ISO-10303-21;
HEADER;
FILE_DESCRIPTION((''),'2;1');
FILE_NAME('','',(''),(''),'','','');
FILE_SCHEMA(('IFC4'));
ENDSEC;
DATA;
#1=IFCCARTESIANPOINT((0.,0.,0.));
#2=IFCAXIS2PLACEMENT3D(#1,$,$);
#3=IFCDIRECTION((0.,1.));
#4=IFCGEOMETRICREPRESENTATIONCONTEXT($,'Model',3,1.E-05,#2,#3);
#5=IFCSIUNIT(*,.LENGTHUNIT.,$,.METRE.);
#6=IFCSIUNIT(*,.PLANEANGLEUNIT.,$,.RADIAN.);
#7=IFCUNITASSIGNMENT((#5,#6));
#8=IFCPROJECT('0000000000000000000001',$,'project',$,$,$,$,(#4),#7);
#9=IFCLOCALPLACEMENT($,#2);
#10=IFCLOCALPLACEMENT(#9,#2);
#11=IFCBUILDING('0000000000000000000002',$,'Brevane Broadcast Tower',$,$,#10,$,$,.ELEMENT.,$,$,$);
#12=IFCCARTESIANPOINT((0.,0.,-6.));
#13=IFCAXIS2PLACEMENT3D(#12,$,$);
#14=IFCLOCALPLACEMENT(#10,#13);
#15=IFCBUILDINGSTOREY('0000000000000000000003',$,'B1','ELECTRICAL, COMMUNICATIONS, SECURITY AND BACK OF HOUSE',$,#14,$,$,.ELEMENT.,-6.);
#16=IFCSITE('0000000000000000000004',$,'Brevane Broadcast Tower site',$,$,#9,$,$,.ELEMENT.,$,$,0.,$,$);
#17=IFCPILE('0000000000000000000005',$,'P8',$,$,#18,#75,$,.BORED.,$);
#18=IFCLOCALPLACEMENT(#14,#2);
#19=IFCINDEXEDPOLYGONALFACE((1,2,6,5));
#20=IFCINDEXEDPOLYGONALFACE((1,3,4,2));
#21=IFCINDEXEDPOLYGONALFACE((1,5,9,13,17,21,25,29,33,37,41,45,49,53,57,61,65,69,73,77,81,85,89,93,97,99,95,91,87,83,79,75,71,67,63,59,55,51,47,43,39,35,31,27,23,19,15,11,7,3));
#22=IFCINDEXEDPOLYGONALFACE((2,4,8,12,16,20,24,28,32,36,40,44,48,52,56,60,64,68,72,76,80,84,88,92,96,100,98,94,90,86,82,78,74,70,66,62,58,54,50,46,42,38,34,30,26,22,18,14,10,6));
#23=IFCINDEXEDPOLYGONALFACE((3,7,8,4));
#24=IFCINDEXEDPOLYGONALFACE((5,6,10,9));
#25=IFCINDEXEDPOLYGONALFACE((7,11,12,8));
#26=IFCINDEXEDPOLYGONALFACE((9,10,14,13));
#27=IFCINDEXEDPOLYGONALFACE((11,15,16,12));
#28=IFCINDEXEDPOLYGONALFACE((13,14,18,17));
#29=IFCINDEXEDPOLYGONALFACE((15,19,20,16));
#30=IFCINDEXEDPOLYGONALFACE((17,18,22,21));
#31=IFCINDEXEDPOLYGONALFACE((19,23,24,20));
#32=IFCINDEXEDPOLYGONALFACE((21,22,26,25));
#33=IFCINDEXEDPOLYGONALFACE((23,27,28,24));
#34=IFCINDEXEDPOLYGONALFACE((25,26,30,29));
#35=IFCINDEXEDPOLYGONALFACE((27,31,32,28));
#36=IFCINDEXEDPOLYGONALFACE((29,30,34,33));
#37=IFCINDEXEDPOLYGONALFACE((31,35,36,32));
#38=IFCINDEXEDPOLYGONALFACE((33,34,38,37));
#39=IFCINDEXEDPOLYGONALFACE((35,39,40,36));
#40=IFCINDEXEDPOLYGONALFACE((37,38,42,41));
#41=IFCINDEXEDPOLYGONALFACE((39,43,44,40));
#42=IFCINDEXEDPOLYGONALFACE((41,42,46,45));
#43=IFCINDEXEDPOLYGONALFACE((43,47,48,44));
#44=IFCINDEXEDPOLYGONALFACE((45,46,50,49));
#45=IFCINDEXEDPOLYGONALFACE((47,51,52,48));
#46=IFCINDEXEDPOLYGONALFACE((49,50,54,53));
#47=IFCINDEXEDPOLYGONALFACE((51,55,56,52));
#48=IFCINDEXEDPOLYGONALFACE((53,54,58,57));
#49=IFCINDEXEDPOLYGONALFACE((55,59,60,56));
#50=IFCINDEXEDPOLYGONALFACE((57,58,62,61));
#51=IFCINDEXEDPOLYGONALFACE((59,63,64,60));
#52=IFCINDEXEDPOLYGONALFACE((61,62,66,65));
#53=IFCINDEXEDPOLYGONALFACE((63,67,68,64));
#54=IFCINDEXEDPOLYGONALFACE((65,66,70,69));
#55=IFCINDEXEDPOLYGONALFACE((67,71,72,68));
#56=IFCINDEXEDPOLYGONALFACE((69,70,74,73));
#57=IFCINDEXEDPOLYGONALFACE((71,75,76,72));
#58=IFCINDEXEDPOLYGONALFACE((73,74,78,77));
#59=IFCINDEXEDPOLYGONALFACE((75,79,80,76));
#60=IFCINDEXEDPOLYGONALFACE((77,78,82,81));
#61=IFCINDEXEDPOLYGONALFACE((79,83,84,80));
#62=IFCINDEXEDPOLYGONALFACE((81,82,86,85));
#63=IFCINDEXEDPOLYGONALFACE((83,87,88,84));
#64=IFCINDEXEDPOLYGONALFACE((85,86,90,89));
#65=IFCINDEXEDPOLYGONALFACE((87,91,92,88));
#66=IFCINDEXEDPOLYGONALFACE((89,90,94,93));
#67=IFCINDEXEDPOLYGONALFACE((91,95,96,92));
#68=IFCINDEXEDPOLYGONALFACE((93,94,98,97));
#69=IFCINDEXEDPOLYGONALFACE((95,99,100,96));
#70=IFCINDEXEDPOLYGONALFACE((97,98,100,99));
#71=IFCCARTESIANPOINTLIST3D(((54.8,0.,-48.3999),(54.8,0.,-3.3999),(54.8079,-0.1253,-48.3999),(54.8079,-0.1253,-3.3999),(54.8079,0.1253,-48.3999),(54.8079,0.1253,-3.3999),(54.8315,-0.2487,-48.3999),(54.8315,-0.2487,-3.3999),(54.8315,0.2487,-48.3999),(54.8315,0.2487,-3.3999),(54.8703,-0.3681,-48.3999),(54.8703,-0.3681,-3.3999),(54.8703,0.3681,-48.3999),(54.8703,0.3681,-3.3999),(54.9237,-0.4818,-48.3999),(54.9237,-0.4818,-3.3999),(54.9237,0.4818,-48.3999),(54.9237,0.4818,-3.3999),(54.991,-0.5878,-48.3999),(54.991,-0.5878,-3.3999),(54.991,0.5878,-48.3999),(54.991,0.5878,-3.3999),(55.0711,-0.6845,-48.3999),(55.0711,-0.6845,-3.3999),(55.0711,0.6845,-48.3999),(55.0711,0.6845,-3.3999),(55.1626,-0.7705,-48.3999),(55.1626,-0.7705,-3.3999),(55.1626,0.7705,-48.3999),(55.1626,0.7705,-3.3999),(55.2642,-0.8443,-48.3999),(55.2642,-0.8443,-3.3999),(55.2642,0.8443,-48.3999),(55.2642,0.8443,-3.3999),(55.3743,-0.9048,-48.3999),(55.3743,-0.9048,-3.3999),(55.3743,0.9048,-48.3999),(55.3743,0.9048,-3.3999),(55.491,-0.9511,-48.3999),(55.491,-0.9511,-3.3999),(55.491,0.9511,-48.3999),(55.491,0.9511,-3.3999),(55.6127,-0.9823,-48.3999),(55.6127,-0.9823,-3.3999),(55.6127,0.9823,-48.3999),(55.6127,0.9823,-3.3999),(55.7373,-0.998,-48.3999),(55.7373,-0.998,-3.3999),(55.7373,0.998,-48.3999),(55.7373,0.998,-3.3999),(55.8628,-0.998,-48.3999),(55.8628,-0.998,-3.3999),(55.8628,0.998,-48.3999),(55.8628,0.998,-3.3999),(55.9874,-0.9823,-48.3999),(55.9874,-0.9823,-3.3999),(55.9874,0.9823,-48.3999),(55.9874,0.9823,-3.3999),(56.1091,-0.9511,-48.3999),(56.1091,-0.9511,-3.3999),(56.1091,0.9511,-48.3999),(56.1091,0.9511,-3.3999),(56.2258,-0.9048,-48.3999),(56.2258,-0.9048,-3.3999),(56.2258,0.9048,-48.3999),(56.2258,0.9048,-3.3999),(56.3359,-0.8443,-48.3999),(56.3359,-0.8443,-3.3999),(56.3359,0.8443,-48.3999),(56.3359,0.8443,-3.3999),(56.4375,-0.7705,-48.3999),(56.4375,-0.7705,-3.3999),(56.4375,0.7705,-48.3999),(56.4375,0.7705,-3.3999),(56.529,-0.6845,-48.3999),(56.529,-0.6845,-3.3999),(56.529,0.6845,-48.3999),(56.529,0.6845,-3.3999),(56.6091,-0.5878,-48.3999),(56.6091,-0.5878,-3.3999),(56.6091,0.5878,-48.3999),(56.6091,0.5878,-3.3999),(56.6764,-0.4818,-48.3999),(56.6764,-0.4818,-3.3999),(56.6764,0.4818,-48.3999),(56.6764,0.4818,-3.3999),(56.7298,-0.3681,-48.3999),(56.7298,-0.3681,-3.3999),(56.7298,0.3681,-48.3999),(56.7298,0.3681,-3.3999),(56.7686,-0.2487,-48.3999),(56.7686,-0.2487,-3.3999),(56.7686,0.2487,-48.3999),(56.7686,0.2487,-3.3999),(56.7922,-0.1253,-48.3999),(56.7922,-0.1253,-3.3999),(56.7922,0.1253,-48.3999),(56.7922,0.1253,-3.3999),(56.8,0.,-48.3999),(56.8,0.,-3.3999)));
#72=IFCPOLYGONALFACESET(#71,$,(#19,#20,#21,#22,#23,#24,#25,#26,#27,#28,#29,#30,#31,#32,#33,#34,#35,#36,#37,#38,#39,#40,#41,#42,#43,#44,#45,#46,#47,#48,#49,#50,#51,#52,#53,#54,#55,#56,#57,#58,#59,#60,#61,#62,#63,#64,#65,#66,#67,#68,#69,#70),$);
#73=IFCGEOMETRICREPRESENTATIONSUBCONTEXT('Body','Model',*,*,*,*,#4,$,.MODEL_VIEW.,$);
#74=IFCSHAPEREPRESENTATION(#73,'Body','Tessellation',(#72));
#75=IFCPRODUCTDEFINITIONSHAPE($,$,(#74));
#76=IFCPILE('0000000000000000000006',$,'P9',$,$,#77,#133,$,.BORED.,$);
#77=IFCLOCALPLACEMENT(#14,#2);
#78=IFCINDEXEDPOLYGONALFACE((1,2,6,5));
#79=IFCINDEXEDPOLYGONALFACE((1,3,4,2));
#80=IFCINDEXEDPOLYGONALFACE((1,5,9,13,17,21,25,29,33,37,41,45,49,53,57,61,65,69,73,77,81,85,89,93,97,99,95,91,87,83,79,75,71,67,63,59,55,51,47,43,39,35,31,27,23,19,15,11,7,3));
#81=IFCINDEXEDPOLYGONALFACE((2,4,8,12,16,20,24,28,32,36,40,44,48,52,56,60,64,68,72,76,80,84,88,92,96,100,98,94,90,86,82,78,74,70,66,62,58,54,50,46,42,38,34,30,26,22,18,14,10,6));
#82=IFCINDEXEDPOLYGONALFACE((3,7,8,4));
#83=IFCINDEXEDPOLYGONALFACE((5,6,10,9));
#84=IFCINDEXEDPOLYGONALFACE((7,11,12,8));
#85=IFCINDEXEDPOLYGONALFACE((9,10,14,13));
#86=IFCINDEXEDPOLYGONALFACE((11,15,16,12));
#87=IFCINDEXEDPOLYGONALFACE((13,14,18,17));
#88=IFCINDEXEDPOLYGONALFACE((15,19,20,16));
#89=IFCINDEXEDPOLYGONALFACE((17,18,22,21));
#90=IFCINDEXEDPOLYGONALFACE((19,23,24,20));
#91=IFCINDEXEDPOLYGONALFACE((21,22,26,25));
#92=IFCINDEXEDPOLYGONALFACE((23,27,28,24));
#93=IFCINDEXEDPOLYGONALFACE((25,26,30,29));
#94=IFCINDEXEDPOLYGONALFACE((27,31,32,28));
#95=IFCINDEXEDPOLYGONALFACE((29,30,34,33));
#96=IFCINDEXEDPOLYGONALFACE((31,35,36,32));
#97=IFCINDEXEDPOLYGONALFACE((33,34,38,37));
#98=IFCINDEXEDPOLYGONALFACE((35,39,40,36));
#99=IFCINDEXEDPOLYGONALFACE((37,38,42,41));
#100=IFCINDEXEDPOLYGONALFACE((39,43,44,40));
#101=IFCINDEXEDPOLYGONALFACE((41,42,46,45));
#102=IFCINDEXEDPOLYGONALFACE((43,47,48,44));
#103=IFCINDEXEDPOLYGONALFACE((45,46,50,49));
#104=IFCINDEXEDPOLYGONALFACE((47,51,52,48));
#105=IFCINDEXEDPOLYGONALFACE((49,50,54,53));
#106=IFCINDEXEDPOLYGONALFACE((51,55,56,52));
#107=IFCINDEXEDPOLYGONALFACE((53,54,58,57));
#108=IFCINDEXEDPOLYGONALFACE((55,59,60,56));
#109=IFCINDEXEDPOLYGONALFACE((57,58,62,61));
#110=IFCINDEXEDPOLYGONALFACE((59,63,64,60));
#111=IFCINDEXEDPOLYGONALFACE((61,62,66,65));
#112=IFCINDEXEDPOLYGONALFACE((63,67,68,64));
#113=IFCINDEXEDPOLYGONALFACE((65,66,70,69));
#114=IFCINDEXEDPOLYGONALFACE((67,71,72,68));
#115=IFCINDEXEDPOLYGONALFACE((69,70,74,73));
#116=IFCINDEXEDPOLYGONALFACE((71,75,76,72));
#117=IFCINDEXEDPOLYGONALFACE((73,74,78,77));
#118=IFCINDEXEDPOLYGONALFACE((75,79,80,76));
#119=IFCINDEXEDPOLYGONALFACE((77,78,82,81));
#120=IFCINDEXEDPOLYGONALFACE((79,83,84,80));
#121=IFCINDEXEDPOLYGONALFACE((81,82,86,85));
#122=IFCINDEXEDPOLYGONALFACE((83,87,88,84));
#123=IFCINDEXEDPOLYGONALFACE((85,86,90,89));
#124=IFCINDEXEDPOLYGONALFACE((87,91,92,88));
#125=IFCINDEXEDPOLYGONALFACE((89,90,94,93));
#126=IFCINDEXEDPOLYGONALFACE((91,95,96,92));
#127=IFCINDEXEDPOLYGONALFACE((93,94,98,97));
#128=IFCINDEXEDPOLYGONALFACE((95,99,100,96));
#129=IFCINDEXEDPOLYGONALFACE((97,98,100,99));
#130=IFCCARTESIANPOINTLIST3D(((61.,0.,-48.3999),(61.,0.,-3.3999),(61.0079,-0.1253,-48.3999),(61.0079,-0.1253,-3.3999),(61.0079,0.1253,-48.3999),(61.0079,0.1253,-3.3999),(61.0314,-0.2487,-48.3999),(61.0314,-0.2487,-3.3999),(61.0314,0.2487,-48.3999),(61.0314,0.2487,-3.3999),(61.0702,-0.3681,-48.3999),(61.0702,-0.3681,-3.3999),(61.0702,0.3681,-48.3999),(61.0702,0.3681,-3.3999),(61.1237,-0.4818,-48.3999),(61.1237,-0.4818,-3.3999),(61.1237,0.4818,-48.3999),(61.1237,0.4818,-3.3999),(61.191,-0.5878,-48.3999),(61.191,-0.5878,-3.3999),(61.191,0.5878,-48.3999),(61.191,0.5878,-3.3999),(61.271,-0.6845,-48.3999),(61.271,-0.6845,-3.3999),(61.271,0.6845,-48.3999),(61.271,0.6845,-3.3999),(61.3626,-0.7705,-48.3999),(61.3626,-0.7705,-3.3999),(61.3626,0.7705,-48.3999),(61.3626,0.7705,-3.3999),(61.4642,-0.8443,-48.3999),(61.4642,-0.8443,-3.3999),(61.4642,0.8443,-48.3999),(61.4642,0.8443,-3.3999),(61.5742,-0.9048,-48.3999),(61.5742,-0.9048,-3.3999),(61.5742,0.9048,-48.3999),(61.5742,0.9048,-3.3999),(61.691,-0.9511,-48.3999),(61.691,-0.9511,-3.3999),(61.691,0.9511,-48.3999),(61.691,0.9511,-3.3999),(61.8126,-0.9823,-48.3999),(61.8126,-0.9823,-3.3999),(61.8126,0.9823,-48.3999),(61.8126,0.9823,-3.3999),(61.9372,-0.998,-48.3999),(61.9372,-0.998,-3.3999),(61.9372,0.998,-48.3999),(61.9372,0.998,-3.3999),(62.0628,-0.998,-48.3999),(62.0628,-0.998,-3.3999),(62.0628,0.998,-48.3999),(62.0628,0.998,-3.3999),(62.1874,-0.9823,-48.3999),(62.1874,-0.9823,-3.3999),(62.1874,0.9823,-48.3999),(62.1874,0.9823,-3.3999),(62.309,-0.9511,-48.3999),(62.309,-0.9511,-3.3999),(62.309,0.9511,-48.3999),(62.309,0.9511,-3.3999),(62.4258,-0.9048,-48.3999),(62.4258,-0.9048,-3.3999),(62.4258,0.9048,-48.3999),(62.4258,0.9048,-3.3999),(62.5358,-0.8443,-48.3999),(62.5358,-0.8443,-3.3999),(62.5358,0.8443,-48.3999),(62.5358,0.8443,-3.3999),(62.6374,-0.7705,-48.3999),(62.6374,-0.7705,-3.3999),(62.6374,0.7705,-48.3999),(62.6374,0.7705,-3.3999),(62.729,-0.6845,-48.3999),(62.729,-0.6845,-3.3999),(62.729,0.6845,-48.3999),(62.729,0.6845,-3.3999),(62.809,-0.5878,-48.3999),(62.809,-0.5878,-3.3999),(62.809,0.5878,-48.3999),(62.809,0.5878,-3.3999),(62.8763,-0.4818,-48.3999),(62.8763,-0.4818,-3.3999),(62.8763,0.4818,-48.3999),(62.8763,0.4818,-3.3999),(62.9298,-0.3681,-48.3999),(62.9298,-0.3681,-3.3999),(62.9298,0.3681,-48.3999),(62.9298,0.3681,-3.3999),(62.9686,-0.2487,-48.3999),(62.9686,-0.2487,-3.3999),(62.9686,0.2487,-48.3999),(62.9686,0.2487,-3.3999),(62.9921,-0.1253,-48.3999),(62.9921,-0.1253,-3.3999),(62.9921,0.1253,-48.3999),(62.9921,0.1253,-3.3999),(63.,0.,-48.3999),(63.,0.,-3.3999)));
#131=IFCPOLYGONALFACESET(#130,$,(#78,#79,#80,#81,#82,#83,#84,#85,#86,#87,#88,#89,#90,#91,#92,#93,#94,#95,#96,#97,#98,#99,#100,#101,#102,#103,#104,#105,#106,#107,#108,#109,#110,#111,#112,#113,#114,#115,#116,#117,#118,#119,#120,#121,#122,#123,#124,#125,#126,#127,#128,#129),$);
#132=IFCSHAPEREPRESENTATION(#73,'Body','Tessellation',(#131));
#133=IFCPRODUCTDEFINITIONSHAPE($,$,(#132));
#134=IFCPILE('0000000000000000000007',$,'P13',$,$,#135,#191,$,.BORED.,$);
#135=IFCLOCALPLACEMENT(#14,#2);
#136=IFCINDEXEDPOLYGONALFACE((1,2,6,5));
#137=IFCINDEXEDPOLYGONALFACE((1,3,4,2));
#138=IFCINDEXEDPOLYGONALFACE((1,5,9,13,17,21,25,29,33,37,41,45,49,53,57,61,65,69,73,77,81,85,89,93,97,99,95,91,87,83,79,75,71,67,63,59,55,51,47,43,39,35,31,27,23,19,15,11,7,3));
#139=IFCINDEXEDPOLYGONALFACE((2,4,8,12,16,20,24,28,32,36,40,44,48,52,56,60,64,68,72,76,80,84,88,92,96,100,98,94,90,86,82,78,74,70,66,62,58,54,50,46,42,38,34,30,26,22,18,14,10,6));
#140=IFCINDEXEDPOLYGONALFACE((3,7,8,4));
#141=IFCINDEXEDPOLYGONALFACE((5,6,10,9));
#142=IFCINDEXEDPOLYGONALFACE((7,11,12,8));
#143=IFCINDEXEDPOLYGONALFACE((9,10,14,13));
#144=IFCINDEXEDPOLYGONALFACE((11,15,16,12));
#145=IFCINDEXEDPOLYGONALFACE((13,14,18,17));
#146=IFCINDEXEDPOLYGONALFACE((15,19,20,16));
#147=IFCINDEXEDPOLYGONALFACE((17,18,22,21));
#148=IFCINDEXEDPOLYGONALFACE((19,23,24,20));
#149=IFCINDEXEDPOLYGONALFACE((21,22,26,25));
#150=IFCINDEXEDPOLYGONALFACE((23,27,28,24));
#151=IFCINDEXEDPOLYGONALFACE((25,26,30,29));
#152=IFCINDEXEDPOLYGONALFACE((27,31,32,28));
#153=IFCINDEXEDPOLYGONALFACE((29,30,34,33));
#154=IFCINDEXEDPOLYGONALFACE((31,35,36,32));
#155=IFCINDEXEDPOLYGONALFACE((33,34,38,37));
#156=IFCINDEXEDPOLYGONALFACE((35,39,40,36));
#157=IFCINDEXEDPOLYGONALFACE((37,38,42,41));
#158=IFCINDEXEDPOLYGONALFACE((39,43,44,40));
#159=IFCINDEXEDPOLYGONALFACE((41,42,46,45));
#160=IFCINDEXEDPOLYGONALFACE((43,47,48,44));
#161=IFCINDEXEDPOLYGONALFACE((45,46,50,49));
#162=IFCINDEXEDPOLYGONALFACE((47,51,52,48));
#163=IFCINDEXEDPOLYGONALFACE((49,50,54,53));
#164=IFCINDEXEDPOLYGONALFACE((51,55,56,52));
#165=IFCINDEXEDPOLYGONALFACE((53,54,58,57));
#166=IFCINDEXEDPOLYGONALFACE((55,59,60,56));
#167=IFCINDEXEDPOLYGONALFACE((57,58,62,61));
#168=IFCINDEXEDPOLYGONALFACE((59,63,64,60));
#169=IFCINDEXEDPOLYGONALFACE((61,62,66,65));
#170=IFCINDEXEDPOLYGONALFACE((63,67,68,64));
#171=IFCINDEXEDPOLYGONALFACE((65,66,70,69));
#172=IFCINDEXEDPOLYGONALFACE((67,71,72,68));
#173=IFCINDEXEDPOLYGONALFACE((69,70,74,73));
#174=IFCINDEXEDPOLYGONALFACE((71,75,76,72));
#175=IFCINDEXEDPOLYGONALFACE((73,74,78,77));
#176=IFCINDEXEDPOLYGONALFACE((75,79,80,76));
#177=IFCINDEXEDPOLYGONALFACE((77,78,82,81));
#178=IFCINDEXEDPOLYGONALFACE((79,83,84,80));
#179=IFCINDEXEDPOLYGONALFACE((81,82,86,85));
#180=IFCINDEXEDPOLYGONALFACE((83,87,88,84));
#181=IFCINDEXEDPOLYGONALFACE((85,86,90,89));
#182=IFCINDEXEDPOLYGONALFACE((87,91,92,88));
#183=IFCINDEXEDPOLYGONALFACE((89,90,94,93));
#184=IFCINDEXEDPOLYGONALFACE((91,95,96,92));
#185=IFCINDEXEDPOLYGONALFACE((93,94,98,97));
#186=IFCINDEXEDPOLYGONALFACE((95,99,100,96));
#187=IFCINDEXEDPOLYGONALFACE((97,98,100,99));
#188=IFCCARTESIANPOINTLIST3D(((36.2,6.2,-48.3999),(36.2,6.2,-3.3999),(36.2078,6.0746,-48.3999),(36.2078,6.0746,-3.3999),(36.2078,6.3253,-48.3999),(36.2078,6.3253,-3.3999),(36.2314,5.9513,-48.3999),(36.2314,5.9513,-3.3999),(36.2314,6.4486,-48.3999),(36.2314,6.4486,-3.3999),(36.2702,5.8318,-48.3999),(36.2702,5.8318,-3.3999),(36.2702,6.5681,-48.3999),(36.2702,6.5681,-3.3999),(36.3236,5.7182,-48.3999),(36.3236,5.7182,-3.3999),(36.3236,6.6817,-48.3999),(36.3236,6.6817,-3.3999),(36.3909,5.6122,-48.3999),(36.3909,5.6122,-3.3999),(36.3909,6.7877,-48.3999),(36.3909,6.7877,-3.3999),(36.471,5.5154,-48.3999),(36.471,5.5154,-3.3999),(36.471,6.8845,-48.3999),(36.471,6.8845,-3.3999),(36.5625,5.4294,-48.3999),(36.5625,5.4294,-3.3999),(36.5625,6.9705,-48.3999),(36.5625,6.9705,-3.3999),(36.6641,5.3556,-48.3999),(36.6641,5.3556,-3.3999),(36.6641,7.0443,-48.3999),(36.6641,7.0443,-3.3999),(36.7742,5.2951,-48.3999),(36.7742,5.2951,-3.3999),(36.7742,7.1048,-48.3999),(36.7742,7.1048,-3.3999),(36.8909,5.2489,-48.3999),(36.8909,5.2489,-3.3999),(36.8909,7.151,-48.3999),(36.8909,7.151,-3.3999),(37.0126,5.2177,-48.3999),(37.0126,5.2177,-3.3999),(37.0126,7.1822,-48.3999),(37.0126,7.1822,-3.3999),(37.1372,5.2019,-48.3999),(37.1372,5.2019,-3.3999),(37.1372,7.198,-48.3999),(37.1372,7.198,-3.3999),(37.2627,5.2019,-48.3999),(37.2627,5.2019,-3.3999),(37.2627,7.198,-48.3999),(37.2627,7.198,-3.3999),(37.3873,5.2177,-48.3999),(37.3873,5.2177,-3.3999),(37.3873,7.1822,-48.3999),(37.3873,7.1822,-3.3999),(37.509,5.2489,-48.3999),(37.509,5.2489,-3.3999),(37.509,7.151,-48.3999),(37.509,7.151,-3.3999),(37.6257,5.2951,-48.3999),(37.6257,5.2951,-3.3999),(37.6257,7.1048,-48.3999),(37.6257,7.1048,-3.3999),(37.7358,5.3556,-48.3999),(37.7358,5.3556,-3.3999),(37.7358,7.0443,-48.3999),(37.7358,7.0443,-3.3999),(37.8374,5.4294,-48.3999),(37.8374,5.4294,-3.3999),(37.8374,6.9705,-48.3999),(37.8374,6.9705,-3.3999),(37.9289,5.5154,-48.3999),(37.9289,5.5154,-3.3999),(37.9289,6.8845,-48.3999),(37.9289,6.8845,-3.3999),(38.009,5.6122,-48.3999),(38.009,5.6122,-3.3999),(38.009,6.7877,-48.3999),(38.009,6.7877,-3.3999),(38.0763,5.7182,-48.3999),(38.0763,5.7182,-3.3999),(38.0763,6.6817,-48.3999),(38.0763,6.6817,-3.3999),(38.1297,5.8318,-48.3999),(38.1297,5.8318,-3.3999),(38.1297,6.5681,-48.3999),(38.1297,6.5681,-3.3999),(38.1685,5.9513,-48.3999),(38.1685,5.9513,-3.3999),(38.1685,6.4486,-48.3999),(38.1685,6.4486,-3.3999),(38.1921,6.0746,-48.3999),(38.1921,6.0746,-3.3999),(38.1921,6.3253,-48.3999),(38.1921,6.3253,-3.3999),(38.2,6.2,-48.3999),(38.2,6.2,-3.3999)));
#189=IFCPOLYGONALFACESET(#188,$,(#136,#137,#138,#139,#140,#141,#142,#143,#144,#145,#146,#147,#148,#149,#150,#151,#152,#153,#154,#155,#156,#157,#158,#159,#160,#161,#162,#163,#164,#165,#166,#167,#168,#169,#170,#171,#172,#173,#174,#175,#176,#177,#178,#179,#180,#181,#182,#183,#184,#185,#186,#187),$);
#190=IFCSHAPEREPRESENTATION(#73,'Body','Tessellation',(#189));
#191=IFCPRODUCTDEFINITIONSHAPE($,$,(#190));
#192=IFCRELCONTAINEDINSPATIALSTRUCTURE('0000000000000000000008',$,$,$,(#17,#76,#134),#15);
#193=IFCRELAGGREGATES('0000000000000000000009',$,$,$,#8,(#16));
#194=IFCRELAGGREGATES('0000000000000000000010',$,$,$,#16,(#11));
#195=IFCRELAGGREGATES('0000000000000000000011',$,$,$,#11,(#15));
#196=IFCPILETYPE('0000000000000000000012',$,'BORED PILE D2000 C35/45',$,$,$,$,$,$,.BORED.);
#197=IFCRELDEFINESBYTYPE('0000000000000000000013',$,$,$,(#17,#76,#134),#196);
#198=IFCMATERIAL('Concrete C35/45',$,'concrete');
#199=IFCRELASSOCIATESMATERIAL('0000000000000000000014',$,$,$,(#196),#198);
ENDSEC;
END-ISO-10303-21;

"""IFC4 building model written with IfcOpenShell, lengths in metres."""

from ifc_helpers import new_model, si_unit, direction, frame, origin, origin_2d, place, context, subcontext, project, spatial, circle, extrude, material, material_profile, profile_set, type_object, element, save


model = new_model("IFC4")

# Units and contexts
model_context = context("Model", 3, precision=1e-05, world=origin(), true_north=direction((0.0, 1.0)))
body_context = subcontext(model_context, "Body", "Model", "MODEL_VIEW")
ifc_project = project(units=[si_unit("LENGTHUNIT", "METRE"), si_unit("PLANEANGLEUNIT", "RADIAN")], contexts=[model_context])

# Site, building, storey
site_placement = place(None, origin())
site = spatial("IfcSite", under=ifc_project, at=site_placement, Name="Brevane Broadcast Tower site", CompositionType="ELEMENT", RefElevation=0.0)
building_placement = place(site_placement, origin())
building = spatial("IfcBuilding", under=site, at=building_placement, Name="Brevane Broadcast Tower", CompositionType="ELEMENT")
storey_placement = place(building_placement, frame((0.0, 0.0, -6.0)))
storey = spatial("IfcBuildingStorey", under=building, at=storey_placement, Name="B1", Description="ELECTRICAL, COMMUNICATIONS, SECURITY AND BACK OF HOUSE", CompositionType="ELEMENT", Elevation=-6.0)

# Piles
ifc_material_1 = material(Name="Concrete C35/45", Category="concrete")
ifc_material_profile_1 = material_profile(ifc_material_1, circle(Radius=1.0, at=origin_2d()), Name="RC D2000")
ifc_profile_set_1 = profile_set([ifc_material_profile_1], Name="Concrete C35/45")
pile_type = type_object("IfcPileType", Name="BORED PILE D2000 C35/45", PredefinedType="BORED", material=ifc_profile_set_1)
for number, where, z_axis, x_axis, name in (
    (1, (55.8, 0.0, -3.3999), (0.0, 0.0, -1.0), (1.0, 0.0, 0.0), "P8"),
    (2, (62.0, 0.0, -3.3999), (0.0, 0.0, -1.0), (1.0, 0.0, 0.0), "P9"),
    (3, (37.2, 6.2, -3.3999), (0.0, 0.0, -1.0), (1.0, 0.0, 0.0), "P13"),
):
    element("IfcPile", number, at=place(storey_placement, frame(where, z_axis=z_axis, x_axis=x_axis)), inside=storey, type_object=pile_type, Name=name, PredefinedType="BORED", context=body_context, shape_type="SweptSolid", body=[
        extrude(circle(Radius=1.0, at=origin_2d()), origin(), (0.0, 0.0, 1.0), 45.0),
    ])

save(model, "model.ifc")
